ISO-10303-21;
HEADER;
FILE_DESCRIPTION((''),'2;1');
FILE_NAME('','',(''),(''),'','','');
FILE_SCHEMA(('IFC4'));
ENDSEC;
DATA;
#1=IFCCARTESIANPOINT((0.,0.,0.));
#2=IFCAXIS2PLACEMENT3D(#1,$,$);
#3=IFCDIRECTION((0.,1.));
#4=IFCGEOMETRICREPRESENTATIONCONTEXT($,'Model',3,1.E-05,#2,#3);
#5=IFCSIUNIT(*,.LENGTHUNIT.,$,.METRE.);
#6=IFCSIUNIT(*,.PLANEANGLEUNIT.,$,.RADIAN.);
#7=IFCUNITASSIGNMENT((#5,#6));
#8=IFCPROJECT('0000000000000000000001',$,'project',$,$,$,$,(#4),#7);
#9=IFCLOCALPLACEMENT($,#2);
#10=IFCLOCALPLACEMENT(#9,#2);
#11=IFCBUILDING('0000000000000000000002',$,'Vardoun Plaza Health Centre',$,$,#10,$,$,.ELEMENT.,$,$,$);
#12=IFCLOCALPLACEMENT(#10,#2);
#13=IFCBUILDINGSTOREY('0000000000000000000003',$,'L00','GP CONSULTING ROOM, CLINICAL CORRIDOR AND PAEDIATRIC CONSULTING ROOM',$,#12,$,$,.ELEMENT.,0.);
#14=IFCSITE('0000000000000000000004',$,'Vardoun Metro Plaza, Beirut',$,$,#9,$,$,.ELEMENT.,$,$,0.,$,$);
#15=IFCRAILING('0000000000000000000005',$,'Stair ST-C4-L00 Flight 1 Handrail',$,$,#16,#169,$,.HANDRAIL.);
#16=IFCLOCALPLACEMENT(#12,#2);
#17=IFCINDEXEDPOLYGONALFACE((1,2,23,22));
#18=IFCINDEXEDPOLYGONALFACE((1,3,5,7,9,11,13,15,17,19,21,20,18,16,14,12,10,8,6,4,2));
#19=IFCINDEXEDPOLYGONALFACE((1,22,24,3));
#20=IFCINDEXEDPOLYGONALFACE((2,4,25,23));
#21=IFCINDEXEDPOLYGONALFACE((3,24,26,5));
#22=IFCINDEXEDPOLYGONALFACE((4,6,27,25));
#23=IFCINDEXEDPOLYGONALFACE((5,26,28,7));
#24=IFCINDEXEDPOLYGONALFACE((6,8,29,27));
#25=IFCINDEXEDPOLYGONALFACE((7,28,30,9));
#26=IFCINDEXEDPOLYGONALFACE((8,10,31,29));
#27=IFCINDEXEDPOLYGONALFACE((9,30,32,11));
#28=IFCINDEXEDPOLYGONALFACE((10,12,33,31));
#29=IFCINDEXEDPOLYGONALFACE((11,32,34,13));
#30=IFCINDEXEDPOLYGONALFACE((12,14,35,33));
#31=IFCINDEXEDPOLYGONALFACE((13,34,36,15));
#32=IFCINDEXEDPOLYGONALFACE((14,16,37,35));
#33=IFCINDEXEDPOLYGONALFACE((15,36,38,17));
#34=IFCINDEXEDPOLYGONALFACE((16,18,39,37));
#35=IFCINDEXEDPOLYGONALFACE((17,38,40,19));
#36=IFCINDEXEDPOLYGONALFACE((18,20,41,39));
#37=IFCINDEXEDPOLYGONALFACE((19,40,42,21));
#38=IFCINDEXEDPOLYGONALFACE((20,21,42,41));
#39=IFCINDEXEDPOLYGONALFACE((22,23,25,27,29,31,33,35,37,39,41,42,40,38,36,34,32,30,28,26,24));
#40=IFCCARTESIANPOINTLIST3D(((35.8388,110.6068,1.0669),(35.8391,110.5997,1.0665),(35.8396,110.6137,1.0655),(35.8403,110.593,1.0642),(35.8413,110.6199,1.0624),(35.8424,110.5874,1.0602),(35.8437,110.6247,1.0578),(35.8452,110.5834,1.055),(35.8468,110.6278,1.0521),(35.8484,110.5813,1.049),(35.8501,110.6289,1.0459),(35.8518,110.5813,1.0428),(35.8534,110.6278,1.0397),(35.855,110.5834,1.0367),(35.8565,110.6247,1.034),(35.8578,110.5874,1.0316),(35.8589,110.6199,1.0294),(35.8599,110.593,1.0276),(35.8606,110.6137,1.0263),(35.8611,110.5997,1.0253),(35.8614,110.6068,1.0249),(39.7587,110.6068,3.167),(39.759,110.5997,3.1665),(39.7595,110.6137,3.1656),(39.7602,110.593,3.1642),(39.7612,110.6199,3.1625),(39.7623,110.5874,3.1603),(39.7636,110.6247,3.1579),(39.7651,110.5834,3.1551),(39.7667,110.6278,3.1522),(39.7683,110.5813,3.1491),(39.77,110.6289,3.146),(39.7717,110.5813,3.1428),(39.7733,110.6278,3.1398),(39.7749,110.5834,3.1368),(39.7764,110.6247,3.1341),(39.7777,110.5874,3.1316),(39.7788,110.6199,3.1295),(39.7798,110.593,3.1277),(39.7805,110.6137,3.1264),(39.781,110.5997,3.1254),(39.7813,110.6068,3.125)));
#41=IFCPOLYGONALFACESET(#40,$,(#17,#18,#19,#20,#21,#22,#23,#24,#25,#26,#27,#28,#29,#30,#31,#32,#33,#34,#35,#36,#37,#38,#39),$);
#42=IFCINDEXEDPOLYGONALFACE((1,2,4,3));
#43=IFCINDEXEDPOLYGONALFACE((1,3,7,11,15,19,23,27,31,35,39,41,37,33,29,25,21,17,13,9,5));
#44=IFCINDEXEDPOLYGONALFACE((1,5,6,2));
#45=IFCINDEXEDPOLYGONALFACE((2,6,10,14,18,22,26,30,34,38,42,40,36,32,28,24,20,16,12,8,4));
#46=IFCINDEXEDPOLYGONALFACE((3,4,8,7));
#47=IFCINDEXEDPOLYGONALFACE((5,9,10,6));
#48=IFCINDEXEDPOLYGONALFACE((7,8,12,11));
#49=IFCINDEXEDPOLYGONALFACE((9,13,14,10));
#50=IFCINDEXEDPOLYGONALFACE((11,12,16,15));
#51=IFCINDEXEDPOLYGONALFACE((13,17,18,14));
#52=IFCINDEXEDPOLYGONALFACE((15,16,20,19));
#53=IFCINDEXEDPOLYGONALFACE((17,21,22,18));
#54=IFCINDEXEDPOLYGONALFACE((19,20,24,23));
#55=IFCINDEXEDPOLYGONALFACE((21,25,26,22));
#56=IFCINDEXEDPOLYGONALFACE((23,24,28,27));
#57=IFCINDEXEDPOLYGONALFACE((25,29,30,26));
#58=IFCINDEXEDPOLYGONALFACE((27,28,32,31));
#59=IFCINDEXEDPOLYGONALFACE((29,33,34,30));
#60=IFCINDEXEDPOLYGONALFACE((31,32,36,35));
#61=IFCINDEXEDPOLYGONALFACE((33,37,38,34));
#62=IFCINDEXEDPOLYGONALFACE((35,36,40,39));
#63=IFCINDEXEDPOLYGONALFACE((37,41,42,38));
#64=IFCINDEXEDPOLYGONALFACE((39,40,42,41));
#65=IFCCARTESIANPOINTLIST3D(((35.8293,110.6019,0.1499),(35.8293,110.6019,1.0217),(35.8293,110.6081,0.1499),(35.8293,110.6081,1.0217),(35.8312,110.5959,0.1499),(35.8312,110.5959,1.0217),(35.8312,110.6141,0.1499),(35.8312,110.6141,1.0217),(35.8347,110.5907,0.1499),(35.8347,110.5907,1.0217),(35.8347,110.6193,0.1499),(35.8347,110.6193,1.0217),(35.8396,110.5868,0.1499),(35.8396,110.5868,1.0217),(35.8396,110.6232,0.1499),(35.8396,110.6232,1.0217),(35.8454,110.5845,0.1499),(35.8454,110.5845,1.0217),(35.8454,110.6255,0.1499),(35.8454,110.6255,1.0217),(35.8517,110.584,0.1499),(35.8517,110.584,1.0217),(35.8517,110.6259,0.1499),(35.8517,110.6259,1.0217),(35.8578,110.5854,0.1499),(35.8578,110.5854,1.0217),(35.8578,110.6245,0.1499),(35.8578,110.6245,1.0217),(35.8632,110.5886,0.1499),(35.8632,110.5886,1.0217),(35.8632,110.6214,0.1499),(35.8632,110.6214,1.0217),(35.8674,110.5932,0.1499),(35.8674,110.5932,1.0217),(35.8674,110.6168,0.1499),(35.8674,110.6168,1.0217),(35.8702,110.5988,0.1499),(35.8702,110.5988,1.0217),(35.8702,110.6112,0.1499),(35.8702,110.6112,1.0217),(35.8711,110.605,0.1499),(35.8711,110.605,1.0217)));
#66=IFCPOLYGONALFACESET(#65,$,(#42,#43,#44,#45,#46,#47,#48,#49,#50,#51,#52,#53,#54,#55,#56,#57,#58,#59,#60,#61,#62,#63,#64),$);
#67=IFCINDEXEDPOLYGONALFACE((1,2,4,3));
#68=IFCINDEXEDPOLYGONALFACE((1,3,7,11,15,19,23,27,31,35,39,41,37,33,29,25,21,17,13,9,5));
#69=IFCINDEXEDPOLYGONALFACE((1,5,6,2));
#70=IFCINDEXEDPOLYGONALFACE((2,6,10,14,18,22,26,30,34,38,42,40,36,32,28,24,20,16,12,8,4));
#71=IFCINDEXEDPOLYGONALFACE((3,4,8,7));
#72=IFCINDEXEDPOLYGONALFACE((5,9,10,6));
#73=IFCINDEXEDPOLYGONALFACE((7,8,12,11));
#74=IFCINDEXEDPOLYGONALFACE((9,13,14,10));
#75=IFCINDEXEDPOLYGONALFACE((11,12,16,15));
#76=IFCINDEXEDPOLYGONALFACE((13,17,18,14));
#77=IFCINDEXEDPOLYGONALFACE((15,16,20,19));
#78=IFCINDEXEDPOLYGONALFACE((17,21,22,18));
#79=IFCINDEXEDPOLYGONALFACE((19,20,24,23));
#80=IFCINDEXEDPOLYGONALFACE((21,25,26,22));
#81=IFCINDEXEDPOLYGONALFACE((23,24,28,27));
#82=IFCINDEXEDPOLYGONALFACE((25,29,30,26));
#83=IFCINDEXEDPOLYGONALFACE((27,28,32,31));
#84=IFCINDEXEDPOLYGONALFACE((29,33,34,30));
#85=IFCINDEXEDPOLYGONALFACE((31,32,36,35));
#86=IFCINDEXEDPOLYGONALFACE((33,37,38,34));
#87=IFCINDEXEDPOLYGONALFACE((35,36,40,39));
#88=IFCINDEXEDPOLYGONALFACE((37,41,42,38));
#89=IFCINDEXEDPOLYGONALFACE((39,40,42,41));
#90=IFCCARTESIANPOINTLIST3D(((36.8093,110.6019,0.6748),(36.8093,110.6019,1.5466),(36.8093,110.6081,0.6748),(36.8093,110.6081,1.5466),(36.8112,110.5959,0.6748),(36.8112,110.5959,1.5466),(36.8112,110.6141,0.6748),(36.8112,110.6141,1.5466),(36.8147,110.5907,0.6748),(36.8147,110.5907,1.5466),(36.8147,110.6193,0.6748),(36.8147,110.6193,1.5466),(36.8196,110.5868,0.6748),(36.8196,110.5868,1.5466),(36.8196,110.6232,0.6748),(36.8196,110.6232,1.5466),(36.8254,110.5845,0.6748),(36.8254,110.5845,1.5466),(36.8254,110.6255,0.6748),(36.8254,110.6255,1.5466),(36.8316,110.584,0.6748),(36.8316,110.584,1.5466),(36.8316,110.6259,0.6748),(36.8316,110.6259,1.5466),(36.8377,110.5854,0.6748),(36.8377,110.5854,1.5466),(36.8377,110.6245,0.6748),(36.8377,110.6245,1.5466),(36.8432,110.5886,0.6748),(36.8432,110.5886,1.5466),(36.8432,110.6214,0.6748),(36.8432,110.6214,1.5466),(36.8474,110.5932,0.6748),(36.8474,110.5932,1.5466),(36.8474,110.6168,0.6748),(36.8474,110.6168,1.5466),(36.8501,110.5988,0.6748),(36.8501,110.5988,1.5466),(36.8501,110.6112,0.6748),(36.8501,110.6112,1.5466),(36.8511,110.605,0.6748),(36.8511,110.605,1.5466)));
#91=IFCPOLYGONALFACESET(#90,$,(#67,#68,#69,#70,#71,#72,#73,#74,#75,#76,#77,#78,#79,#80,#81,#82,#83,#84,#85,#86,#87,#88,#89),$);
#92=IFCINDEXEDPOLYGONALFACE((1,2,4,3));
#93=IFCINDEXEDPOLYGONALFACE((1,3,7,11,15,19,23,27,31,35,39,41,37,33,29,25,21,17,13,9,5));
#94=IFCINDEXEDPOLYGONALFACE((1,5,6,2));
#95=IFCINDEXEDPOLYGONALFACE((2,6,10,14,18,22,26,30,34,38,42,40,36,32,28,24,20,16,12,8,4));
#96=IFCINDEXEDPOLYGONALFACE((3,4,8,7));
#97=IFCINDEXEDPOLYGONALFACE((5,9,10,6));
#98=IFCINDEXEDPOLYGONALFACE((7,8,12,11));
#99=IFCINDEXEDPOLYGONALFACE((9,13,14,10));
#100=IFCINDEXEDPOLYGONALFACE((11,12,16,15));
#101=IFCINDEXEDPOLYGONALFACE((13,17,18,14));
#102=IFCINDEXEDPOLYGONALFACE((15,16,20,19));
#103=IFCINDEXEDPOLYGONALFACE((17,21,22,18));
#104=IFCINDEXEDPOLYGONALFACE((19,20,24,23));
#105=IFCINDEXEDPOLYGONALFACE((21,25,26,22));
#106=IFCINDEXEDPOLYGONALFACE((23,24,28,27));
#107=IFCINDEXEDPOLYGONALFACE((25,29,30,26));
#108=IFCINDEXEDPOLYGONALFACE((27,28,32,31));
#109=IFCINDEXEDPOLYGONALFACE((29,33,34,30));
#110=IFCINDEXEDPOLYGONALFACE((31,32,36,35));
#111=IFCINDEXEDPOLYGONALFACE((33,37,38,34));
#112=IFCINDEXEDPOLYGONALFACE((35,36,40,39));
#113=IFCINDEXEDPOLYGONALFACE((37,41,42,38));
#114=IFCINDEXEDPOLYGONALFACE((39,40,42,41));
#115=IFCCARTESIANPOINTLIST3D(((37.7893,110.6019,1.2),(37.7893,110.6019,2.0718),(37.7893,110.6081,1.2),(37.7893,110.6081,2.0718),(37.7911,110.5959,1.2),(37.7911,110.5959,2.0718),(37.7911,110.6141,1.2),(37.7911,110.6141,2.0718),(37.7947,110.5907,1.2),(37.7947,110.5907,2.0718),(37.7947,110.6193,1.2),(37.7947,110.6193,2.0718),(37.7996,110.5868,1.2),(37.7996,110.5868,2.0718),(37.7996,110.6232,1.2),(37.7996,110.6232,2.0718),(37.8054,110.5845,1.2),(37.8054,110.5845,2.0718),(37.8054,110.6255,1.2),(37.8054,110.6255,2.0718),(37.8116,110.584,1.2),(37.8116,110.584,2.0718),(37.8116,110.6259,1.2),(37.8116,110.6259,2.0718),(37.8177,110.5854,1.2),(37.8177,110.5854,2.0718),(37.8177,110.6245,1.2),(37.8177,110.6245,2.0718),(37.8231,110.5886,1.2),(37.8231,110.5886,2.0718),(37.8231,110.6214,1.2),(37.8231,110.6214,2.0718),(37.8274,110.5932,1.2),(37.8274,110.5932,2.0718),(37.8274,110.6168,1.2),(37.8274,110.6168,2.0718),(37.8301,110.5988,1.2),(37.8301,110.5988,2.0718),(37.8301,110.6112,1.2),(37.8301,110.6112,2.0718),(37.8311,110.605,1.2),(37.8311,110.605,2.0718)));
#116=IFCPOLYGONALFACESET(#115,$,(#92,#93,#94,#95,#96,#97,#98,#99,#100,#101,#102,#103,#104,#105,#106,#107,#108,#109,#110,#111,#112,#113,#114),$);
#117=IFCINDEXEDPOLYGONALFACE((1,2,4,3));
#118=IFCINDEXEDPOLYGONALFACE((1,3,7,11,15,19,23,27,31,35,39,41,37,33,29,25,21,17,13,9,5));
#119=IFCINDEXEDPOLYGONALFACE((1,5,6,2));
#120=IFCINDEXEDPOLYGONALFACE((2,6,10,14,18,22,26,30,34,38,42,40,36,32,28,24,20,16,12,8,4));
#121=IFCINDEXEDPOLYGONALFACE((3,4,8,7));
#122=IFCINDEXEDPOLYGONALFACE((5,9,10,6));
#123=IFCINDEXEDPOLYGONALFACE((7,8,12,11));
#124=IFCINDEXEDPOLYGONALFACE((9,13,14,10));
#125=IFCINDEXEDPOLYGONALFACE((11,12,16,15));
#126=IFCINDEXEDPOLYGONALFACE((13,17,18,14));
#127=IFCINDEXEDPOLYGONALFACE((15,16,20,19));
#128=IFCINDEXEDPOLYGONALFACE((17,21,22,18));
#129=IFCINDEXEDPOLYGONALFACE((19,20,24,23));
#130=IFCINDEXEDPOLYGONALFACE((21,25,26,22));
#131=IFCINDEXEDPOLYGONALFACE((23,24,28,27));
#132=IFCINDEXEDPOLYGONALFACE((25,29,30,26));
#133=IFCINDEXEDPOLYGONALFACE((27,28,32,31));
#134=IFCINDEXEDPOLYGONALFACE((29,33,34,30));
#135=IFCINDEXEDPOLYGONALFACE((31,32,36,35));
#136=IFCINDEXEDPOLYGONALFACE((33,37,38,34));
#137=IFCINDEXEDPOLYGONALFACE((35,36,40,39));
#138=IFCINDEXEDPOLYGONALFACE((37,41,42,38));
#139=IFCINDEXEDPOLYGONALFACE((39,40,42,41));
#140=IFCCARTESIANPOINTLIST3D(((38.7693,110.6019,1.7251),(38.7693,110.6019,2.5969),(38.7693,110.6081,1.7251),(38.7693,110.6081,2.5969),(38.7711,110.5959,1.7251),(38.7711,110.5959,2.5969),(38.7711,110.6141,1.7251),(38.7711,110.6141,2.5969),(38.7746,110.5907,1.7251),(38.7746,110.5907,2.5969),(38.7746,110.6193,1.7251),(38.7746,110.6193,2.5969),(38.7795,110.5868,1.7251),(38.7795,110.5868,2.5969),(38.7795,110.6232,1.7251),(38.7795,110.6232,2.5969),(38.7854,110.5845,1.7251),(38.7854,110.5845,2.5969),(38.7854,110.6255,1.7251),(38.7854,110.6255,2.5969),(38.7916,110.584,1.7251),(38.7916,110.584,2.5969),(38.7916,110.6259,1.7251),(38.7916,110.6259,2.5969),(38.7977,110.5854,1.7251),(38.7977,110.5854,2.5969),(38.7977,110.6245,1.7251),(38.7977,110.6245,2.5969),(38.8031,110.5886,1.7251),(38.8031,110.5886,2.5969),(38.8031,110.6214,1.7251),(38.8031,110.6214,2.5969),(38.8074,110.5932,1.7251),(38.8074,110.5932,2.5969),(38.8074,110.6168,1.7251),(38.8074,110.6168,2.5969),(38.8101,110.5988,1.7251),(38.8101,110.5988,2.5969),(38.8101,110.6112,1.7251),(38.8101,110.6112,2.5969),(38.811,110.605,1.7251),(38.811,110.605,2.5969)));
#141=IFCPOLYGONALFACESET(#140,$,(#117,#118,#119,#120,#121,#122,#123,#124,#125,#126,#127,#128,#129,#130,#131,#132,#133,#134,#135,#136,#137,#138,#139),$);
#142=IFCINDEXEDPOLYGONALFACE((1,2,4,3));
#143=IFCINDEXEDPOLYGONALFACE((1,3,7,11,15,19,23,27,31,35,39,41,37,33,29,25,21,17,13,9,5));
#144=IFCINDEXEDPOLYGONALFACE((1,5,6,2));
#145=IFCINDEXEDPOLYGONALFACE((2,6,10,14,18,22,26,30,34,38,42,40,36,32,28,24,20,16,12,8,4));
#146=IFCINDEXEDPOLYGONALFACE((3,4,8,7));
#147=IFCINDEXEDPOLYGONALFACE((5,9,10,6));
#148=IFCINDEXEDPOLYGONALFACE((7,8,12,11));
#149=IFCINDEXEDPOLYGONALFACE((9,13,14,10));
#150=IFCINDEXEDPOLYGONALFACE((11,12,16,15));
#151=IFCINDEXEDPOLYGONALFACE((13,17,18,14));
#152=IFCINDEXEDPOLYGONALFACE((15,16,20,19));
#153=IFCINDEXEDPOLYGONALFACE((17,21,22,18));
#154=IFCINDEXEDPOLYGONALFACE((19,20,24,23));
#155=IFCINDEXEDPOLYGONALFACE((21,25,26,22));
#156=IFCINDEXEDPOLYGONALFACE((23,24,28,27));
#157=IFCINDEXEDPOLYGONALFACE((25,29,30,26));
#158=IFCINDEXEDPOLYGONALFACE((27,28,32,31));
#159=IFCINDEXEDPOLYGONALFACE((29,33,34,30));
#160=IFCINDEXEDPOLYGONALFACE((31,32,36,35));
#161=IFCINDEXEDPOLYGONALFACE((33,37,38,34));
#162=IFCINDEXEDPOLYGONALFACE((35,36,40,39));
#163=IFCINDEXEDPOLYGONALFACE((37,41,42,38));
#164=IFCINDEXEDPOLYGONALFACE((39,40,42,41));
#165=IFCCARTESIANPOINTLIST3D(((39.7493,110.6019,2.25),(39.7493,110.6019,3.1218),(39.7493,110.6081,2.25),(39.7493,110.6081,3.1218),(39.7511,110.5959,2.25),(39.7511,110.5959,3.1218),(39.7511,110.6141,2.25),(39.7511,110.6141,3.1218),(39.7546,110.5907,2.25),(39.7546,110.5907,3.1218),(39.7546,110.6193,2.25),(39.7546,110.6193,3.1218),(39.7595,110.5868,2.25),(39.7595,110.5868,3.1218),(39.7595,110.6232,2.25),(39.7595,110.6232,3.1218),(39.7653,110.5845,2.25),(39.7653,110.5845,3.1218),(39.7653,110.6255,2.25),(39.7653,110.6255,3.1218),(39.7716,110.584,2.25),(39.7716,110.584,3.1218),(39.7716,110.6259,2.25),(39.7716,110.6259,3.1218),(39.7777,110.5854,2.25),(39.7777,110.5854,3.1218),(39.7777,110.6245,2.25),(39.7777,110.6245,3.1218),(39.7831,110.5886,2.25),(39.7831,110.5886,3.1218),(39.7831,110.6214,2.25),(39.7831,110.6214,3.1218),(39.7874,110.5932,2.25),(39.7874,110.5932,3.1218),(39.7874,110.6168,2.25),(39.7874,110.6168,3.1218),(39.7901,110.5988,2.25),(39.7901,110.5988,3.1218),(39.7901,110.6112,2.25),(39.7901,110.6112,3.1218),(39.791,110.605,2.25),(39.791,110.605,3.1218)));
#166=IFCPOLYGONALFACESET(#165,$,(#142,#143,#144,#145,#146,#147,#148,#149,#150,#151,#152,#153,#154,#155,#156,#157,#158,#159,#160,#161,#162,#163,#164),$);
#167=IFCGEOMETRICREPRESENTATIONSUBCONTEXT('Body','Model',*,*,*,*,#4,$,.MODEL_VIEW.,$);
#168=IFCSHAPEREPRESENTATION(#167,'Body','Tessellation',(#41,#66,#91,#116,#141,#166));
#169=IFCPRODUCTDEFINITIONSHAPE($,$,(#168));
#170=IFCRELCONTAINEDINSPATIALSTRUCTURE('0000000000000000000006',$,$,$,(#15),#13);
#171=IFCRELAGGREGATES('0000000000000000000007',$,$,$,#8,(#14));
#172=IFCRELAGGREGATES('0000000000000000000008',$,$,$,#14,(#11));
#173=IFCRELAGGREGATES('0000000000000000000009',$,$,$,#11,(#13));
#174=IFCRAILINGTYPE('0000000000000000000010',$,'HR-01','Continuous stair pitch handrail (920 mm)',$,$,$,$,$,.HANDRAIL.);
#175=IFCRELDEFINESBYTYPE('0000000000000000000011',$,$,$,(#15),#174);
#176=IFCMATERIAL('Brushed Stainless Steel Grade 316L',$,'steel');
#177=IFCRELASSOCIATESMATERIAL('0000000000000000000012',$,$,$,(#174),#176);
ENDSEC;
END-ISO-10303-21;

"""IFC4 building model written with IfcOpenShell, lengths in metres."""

from ifc_helpers import new_model, si_unit, direction, frame, origin, origin_2d, place, context, subcontext, project, spatial, circle, extrude, material, type_object, element, save


model = new_model("IFC4")

# Units and contexts
model_context = context("Model", 3, precision=1e-05, world=origin(), true_north=direction((0.0, 1.0)))
body_context = subcontext(model_context, "Body", "Model", "MODEL_VIEW")
ifc_project = project(units=[si_unit("LENGTHUNIT", "METRE"), si_unit("PLANEANGLEUNIT", "RADIAN")], contexts=[model_context])

# Site, building, storey
site_placement = place(None, origin())
site = spatial("IfcSite", under=ifc_project, at=site_placement, Name="Vardoun Metro Plaza, Beirut", CompositionType="ELEMENT", RefElevation=0.0)
building_placement = place(site_placement, origin())
building = spatial("IfcBuilding", under=site, at=building_placement, Name="Vardoun Plaza Health Centre", CompositionType="ELEMENT")
storey_placement = place(building_placement, origin())
storey = spatial("IfcBuildingStorey", under=building, at=storey_placement, Name="L00", Description="GP CONSULTING ROOM, CLINICAL CORRIDOR AND PAEDIATRIC CONSULTING ROOM", CompositionType="ELEMENT", Elevation=0.0)

# Railing
ifc_material_1 = material(Name="Brushed Stainless Steel Grade 316L", Category="steel")
railing_type_1 = type_object("IfcRailingType", Name="HR-01", Description="Continuous stair pitch handrail (920 mm)", PredefinedType="HANDRAIL", material=ifc_material_1)
railing_1_placement = place(storey_placement, frame((35.8501, 110.605, 0.1499)))
element("IfcRailing", 1, at=railing_1_placement, inside=storey, type_object=railing_type_1, Name="Stair ST-C4-L00 Flight 1 Handrail", PredefinedType="HANDRAIL", context=body_context, shape_type="SweptSolid", body=[
    extrude(circle(Radius=0.0239, at=origin_2d()), frame((0.0, 0.0, 0.896), z_axis=(0.881467, 0.0, 0.472246), x_axis=(0.0, 1.0, 0.0)), (0.0, 0.0, 1.0), 4.447),
    extrude(circle(Radius=0.021, at=origin_2d()), origin(), (0.0, 0.0, 1.0), 0.8718),
    extrude(circle(Radius=0.021, at=origin_2d()), frame((0.98, 0.0, 0.5249)), (0.0, 0.0, 1.0), 0.8718),
    extrude(circle(Radius=0.021, at=origin_2d()), frame((1.96, 0.0, 1.05)), (0.0, 0.0, 1.0), 0.8718),
    extrude(circle(Radius=0.021, at=origin_2d()), frame((2.9399, 0.0, 1.5752)), (0.0, 0.0, 1.0), 0.8718),
    extrude(circle(Radius=0.021, at=origin_2d()), frame((3.9199, 0.0, 2.1001)), (0.0, 0.0, 1.0), 0.8718),
])

save(model, "model.ifc")
